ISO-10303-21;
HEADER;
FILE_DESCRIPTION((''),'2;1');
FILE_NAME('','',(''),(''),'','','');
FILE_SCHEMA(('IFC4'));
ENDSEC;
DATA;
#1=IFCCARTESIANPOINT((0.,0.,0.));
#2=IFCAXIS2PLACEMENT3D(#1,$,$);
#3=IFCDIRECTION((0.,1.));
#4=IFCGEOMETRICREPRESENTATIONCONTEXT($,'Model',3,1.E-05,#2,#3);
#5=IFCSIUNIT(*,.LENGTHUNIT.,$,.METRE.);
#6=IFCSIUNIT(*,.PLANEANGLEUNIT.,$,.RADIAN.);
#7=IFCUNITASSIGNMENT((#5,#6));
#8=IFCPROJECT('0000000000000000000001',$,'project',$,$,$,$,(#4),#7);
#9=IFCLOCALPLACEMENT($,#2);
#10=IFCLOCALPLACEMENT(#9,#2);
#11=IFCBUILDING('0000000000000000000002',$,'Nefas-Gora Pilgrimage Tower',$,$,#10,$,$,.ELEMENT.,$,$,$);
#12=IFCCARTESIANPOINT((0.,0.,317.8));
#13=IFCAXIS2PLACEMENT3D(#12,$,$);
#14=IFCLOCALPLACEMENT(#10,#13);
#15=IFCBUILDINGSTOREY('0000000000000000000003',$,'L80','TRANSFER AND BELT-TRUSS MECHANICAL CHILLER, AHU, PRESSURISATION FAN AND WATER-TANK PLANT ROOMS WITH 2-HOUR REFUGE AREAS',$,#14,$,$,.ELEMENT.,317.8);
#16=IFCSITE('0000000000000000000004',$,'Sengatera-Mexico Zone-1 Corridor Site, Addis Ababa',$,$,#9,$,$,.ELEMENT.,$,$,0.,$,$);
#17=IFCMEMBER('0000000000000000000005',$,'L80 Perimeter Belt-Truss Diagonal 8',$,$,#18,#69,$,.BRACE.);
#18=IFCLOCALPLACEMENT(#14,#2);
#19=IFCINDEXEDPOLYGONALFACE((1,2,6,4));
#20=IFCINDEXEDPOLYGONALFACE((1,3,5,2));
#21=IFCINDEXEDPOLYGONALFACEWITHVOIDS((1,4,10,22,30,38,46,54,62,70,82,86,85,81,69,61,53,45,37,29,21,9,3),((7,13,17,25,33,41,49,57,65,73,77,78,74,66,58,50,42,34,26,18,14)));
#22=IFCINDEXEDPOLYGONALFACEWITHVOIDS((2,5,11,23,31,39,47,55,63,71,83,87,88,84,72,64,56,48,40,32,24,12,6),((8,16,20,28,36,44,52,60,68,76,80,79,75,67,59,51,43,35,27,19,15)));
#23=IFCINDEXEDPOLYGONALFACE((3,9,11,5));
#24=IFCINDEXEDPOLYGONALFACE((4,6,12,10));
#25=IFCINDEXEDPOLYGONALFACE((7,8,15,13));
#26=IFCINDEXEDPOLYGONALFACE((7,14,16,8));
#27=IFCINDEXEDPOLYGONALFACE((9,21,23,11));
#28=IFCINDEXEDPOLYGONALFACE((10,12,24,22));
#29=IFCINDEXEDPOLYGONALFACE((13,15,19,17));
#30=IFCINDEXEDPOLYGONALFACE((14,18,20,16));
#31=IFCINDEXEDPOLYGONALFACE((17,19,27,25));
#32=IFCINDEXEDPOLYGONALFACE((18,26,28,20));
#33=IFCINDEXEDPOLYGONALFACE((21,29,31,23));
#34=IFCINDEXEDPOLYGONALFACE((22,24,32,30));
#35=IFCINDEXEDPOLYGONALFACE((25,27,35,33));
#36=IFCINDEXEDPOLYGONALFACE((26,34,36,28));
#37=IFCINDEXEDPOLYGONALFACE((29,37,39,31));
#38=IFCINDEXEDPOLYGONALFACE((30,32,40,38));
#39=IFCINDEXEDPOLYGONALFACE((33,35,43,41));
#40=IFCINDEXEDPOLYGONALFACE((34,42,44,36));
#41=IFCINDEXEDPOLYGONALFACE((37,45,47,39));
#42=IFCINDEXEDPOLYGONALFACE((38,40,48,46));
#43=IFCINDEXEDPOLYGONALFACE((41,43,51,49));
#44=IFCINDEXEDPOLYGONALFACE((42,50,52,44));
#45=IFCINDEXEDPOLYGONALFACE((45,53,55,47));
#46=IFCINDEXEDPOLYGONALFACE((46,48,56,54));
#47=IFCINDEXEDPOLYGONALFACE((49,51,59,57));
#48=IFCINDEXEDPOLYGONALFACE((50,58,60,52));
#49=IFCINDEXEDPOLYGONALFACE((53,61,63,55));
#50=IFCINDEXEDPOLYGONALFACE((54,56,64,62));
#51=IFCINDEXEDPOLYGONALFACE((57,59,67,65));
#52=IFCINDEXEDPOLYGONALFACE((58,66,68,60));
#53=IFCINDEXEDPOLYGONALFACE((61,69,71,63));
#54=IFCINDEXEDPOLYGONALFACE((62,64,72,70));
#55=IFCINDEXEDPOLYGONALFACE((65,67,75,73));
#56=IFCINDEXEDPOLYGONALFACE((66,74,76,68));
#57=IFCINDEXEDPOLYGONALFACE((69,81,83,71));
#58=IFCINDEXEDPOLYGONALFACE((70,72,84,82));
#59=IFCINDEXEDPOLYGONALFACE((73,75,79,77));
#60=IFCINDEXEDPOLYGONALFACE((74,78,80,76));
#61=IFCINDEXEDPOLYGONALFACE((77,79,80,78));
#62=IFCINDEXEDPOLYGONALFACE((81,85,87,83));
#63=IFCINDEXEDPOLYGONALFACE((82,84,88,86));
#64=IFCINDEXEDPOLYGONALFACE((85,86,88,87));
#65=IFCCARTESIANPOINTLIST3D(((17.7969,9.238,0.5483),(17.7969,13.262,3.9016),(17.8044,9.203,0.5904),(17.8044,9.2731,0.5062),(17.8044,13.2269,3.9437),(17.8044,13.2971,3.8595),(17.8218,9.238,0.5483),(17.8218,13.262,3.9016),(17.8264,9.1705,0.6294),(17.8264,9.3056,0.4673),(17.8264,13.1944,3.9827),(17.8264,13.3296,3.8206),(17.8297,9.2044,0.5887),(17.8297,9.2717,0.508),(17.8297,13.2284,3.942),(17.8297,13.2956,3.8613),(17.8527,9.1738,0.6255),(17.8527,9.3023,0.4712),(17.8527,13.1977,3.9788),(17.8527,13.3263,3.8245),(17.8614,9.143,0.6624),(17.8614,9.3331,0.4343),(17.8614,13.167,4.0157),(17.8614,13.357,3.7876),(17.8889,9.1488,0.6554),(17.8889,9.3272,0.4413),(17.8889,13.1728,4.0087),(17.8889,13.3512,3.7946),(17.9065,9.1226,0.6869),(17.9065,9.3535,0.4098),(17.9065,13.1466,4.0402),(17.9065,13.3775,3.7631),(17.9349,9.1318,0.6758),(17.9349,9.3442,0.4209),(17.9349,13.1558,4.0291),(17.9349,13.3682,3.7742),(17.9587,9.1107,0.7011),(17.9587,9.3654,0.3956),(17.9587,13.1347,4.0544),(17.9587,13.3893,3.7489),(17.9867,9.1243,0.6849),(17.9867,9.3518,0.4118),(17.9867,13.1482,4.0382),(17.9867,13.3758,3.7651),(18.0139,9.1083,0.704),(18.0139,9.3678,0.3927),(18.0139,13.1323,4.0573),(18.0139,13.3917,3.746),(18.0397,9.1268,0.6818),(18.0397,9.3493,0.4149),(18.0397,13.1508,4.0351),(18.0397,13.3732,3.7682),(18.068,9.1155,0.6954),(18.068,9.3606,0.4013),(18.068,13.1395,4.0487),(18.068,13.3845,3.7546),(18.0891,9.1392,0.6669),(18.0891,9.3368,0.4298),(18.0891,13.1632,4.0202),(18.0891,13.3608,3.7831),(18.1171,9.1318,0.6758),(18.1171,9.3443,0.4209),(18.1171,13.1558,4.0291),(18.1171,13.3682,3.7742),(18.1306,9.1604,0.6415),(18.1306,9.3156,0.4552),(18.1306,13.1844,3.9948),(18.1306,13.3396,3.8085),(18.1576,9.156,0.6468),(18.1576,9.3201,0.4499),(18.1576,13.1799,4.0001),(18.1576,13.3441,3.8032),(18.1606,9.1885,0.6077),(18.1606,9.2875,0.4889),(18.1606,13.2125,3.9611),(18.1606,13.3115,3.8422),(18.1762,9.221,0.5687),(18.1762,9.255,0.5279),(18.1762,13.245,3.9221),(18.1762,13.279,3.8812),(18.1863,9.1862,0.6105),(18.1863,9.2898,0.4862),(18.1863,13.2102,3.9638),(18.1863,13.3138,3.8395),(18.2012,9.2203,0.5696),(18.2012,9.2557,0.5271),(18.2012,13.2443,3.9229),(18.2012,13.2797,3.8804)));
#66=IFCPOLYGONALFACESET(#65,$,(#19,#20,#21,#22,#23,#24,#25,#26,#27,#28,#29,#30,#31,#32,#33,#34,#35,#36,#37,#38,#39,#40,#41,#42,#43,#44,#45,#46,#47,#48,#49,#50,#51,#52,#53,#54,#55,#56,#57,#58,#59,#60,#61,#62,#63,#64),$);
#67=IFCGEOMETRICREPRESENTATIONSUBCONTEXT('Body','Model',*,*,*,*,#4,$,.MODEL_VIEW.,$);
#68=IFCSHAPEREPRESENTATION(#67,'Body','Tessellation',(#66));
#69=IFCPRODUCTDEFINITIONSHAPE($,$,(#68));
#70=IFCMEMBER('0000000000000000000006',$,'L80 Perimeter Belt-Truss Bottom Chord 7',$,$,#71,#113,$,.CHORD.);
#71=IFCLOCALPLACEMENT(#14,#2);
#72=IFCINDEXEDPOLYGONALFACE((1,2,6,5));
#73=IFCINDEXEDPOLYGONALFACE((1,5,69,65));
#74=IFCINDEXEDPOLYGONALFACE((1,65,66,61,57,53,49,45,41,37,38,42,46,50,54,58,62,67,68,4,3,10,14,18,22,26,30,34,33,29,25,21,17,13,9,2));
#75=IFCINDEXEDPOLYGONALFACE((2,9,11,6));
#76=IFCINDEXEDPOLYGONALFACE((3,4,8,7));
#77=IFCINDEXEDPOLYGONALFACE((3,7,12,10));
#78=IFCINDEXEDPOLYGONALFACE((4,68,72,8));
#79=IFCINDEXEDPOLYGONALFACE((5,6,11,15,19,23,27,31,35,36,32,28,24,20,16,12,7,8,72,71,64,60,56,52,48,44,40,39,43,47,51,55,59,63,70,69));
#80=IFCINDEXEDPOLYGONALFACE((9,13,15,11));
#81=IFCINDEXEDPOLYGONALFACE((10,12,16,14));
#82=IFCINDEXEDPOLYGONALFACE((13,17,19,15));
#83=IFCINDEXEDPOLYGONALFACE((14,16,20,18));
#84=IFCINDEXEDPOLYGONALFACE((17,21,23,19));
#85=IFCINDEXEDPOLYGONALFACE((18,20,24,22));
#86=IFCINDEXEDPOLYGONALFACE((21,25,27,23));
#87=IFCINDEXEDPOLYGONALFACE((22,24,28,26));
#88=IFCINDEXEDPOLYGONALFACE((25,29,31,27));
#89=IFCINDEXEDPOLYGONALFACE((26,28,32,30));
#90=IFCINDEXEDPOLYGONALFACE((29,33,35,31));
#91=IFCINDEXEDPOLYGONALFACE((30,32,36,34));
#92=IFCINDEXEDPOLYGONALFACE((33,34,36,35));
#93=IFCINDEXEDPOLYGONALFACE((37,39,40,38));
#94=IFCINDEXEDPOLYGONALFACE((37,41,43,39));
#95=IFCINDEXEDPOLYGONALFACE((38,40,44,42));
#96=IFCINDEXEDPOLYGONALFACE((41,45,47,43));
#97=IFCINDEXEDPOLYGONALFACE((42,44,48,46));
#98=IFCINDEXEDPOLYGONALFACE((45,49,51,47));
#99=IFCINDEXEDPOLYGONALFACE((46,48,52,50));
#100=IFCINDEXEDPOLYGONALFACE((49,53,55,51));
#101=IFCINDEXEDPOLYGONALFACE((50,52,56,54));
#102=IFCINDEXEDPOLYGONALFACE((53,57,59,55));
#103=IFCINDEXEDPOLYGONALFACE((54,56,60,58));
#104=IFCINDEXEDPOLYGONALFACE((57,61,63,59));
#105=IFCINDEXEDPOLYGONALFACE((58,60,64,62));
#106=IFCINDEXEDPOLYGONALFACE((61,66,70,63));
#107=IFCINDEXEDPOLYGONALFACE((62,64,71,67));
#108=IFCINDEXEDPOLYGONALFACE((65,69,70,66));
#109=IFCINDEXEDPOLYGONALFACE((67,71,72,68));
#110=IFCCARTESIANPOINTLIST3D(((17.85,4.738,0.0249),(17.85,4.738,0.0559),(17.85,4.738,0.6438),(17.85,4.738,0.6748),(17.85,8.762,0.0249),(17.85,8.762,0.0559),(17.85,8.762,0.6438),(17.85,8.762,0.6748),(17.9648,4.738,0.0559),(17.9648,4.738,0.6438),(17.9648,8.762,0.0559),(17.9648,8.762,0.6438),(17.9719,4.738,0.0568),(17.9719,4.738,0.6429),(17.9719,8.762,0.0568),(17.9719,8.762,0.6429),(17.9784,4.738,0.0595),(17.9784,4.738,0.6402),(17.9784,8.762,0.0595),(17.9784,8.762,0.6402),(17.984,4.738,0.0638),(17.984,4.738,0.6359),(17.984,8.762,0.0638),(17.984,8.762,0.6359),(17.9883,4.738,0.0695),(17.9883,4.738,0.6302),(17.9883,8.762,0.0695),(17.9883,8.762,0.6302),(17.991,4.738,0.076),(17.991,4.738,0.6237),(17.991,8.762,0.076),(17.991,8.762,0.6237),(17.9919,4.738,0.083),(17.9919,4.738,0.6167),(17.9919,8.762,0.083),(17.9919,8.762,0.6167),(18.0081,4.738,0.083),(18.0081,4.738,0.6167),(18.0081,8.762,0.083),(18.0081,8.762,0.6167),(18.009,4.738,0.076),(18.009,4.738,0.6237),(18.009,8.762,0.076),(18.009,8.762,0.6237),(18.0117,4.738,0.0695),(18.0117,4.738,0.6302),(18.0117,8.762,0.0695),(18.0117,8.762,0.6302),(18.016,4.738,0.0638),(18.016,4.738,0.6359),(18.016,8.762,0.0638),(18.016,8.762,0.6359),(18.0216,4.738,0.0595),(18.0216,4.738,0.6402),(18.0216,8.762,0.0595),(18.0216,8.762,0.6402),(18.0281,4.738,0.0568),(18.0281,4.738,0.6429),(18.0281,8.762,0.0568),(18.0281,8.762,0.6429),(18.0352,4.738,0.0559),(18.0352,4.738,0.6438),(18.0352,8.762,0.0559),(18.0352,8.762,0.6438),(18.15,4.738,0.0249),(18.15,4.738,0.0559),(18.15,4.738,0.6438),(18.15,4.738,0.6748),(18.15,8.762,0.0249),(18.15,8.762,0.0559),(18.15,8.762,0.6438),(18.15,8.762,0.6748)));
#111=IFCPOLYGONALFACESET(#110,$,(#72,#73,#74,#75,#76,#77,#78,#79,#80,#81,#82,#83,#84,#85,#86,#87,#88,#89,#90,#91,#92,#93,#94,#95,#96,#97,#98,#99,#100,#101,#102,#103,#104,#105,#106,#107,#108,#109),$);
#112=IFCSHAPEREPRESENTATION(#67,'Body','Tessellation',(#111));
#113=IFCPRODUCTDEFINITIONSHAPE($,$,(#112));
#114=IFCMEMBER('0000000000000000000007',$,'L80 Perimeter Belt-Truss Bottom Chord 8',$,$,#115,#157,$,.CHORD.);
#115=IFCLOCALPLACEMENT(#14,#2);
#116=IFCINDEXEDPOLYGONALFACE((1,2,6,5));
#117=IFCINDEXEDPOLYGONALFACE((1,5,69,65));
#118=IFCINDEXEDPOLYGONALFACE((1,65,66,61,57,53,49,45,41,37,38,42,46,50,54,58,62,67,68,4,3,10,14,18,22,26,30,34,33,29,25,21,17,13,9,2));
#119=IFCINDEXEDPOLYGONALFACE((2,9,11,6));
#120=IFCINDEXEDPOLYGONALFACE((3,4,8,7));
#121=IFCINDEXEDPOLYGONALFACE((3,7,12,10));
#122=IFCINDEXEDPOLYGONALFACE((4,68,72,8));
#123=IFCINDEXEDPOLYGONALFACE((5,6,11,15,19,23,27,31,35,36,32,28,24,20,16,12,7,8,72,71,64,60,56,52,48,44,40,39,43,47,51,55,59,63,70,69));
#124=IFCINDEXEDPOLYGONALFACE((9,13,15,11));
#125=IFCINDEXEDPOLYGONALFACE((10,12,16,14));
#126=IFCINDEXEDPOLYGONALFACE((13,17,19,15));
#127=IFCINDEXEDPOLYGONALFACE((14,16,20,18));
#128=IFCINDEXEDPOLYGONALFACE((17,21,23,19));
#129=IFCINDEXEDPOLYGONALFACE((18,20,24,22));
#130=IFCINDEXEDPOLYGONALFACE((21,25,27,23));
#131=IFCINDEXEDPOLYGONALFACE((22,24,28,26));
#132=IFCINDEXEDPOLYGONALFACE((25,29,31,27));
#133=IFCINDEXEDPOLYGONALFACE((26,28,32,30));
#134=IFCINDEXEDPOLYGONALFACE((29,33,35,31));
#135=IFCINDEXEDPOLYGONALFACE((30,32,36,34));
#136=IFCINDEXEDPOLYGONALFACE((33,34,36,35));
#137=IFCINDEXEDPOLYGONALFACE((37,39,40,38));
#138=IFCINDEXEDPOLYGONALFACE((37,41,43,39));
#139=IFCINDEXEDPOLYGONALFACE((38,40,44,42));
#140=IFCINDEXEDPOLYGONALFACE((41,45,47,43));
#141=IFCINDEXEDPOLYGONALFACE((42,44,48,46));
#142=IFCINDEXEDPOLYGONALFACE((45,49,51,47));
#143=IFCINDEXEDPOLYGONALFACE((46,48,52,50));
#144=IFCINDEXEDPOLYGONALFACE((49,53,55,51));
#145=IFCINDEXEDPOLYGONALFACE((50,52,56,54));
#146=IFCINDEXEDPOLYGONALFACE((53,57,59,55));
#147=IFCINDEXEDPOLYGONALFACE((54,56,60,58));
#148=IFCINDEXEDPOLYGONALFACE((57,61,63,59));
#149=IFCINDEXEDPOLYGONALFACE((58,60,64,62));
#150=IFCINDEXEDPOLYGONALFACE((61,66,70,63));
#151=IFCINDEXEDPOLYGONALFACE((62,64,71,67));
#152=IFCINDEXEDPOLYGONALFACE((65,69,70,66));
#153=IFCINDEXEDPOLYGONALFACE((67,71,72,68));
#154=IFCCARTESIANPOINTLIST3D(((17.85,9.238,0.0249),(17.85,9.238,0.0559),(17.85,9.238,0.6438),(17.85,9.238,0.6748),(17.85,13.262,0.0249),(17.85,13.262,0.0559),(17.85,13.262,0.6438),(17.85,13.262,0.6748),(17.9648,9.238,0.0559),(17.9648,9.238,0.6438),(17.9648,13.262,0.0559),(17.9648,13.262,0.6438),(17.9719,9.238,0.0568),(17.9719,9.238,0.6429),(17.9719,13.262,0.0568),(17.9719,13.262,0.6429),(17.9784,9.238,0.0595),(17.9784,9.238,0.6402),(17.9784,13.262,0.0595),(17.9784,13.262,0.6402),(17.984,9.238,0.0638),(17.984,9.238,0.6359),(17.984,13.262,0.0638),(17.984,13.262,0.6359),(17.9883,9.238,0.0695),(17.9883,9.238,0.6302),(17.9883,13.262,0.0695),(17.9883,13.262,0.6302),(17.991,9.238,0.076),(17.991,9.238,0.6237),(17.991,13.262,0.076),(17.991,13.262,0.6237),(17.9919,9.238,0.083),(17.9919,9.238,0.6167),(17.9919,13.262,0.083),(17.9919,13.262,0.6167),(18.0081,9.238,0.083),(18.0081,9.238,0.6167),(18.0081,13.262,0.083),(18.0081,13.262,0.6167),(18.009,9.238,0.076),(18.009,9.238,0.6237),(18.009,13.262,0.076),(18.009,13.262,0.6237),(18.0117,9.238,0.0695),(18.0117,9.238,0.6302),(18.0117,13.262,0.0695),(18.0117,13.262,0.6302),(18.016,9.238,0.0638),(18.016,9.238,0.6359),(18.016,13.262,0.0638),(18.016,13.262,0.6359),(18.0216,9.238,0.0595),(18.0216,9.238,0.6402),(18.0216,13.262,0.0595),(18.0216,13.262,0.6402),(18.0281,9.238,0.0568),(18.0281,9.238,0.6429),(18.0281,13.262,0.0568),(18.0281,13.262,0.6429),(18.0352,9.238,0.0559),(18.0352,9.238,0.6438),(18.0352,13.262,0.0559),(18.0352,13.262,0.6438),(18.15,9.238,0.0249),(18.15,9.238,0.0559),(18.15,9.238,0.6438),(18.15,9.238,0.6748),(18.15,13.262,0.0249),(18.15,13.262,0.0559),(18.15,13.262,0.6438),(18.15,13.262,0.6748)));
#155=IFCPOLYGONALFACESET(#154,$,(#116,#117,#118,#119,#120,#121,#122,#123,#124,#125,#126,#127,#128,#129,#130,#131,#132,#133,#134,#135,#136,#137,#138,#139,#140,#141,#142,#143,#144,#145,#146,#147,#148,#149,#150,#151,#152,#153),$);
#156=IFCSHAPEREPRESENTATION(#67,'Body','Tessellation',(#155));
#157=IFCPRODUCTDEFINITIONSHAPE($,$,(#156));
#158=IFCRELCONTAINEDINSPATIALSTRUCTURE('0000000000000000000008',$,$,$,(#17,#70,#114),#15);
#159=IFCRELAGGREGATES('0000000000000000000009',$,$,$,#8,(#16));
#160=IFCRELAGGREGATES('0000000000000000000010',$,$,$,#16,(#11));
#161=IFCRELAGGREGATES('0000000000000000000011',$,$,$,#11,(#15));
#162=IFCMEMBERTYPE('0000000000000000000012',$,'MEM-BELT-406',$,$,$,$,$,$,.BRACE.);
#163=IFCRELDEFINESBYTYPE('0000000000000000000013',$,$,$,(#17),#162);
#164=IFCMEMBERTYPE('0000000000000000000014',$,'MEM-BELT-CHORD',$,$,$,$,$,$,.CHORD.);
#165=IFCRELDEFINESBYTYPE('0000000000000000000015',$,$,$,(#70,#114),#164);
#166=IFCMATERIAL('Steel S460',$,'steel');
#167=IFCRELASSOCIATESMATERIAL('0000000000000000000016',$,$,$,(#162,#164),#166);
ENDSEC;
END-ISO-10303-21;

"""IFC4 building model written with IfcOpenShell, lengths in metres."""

from ifc_helpers import new_model, si_unit, direction, frame, origin, origin_2d, place, context, subcontext, project, spatial, hollow_circle, i_section, extrude, source, transform, mapped, material, material_profile, profile_set, type_object, element, save


model = new_model("IFC4")

# Units and contexts
model_context = context("Model", 3, precision=1e-05, world=origin(), true_north=direction((0.0, 1.0)))
body_context = subcontext(model_context, "Body", "Model", "MODEL_VIEW")
ifc_project = project(units=[si_unit("LENGTHUNIT", "METRE"), si_unit("PLANEANGLEUNIT", "RADIAN")], contexts=[model_context])

# Site, building, storey
site_placement = place(None, origin())
site = spatial("IfcSite", under=ifc_project, at=site_placement, Name="Sengatera-Mexico Zone-1 Corridor Site, Addis Ababa", CompositionType="ELEMENT", RefElevation=0.0)
building_placement = place(site_placement, origin())
building = spatial("IfcBuilding", under=site, at=building_placement, Name="Nefas-Gora Pilgrimage Tower", CompositionType="ELEMENT")
storey_placement = place(building_placement, frame((0.0, 0.0, 317.8)))
storey = spatial("IfcBuildingStorey", under=building, at=storey_placement, Name="L80", Description="TRANSFER AND BELT-TRUSS MECHANICAL CHILLER, AHU, PRESSURISATION FAN AND WATER-TANK PLANT ROOMS WITH 2-HOUR REFUGE AREAS", CompositionType="ELEMENT", Elevation=317.8)

# Members
ifc_material_1 = material(Name="Steel S460", Category="steel")
ifc_material_profile_1 = material_profile(ifc_material_1, hollow_circle(Radius=0.2031, WallThickness=0.0249, at=origin_2d()), Name="CHS 406.4x25")
ifc_profile_set_1 = profile_set([ifc_material_profile_1], Name="Steel S460")
member_type_1 = type_object("IfcMemberType", Name="MEM-BELT-406", PredefinedType="BRACE", material=ifc_profile_set_1)
shared_shape_1 = source(origin(), body_context, "Body", "SweptSolid", [
    extrude(hollow_circle(Radius=0.2031, WallThickness=0.0249, at=origin_2d()), origin(), (0.0, 0.0, 1.0), 5.238),
])
for number, where, z_axis, x_axis, name in (
    (1, (18.0, 9.238, 0.5483), (0.0, 0.768221, 0.640184), (-1.0, 0.0, 0.0), "L80 Perimeter Belt-Truss Diagonal 8"),
):
    element("IfcMember", number, at=place(storey_placement, frame(where, z_axis=z_axis, x_axis=x_axis)), inside=storey, type_object=member_type_1, Name=name, PredefinedType="BRACE", context=body_context, shape_type="MappedRepresentation", body=[
        mapped(shared_shape_1, transform((0.0, 0.0, 0.0), x_axis=(1.0, 0.0, 0.0), y_axis=(0.0, 1.0, 0.0), z_axis=(0.0, 0.0, 1.0), scale=1.0)),
    ])
ifc_material_profile_2 = material_profile(ifc_material_1, i_section(OverallWidth=0.3, OverallDepth=0.6499, WebThickness=0.0161, FlangeThickness=0.031, FilletRadius=0.0271, at=origin_2d()), Name="HEB 650")
ifc_profile_set_2 = profile_set([ifc_material_profile_2], Name="Steel S460")
member_type_2 = type_object("IfcMemberType", Name="MEM-BELT-CHORD", PredefinedType="CHORD", material=ifc_profile_set_2)
shared_shape_2 = source(origin(), body_context, "Body", "SweptSolid", [
    extrude(i_section(OverallWidth=0.3, OverallDepth=0.6499, WebThickness=0.0161, FlangeThickness=0.031, FilletRadius=0.0271, at=origin_2d()), origin(), (0.0, 0.0, 1.0), 4.0239),
])
for number, where, z_axis, x_axis, name in (
    (2, (18.0, 4.738, 0.3499), (0.0, 1.0, 0.0), (-1.0, 0.0, 0.0), "L80 Perimeter Belt-Truss Bottom Chord 7"),
    (3, (18.0, 9.238, 0.3499), (0.0, 1.0, 0.0), (-1.0, 0.0, 0.0), "L80 Perimeter Belt-Truss Bottom Chord 8"),
):
    element("IfcMember", number, at=place(storey_placement, frame(where, z_axis=z_axis, x_axis=x_axis)), inside=storey, type_object=member_type_2, Name=name, PredefinedType="CHORD", context=body_context, shape_type="MappedRepresentation", body=[
        mapped(shared_shape_2, transform((0.0, 0.0, 0.0), x_axis=(1.0, 0.0, 0.0), y_axis=(0.0, 1.0, 0.0), z_axis=(0.0, 0.0, 1.0), scale=1.0)),
    ])

save(model, "model.ifc")
